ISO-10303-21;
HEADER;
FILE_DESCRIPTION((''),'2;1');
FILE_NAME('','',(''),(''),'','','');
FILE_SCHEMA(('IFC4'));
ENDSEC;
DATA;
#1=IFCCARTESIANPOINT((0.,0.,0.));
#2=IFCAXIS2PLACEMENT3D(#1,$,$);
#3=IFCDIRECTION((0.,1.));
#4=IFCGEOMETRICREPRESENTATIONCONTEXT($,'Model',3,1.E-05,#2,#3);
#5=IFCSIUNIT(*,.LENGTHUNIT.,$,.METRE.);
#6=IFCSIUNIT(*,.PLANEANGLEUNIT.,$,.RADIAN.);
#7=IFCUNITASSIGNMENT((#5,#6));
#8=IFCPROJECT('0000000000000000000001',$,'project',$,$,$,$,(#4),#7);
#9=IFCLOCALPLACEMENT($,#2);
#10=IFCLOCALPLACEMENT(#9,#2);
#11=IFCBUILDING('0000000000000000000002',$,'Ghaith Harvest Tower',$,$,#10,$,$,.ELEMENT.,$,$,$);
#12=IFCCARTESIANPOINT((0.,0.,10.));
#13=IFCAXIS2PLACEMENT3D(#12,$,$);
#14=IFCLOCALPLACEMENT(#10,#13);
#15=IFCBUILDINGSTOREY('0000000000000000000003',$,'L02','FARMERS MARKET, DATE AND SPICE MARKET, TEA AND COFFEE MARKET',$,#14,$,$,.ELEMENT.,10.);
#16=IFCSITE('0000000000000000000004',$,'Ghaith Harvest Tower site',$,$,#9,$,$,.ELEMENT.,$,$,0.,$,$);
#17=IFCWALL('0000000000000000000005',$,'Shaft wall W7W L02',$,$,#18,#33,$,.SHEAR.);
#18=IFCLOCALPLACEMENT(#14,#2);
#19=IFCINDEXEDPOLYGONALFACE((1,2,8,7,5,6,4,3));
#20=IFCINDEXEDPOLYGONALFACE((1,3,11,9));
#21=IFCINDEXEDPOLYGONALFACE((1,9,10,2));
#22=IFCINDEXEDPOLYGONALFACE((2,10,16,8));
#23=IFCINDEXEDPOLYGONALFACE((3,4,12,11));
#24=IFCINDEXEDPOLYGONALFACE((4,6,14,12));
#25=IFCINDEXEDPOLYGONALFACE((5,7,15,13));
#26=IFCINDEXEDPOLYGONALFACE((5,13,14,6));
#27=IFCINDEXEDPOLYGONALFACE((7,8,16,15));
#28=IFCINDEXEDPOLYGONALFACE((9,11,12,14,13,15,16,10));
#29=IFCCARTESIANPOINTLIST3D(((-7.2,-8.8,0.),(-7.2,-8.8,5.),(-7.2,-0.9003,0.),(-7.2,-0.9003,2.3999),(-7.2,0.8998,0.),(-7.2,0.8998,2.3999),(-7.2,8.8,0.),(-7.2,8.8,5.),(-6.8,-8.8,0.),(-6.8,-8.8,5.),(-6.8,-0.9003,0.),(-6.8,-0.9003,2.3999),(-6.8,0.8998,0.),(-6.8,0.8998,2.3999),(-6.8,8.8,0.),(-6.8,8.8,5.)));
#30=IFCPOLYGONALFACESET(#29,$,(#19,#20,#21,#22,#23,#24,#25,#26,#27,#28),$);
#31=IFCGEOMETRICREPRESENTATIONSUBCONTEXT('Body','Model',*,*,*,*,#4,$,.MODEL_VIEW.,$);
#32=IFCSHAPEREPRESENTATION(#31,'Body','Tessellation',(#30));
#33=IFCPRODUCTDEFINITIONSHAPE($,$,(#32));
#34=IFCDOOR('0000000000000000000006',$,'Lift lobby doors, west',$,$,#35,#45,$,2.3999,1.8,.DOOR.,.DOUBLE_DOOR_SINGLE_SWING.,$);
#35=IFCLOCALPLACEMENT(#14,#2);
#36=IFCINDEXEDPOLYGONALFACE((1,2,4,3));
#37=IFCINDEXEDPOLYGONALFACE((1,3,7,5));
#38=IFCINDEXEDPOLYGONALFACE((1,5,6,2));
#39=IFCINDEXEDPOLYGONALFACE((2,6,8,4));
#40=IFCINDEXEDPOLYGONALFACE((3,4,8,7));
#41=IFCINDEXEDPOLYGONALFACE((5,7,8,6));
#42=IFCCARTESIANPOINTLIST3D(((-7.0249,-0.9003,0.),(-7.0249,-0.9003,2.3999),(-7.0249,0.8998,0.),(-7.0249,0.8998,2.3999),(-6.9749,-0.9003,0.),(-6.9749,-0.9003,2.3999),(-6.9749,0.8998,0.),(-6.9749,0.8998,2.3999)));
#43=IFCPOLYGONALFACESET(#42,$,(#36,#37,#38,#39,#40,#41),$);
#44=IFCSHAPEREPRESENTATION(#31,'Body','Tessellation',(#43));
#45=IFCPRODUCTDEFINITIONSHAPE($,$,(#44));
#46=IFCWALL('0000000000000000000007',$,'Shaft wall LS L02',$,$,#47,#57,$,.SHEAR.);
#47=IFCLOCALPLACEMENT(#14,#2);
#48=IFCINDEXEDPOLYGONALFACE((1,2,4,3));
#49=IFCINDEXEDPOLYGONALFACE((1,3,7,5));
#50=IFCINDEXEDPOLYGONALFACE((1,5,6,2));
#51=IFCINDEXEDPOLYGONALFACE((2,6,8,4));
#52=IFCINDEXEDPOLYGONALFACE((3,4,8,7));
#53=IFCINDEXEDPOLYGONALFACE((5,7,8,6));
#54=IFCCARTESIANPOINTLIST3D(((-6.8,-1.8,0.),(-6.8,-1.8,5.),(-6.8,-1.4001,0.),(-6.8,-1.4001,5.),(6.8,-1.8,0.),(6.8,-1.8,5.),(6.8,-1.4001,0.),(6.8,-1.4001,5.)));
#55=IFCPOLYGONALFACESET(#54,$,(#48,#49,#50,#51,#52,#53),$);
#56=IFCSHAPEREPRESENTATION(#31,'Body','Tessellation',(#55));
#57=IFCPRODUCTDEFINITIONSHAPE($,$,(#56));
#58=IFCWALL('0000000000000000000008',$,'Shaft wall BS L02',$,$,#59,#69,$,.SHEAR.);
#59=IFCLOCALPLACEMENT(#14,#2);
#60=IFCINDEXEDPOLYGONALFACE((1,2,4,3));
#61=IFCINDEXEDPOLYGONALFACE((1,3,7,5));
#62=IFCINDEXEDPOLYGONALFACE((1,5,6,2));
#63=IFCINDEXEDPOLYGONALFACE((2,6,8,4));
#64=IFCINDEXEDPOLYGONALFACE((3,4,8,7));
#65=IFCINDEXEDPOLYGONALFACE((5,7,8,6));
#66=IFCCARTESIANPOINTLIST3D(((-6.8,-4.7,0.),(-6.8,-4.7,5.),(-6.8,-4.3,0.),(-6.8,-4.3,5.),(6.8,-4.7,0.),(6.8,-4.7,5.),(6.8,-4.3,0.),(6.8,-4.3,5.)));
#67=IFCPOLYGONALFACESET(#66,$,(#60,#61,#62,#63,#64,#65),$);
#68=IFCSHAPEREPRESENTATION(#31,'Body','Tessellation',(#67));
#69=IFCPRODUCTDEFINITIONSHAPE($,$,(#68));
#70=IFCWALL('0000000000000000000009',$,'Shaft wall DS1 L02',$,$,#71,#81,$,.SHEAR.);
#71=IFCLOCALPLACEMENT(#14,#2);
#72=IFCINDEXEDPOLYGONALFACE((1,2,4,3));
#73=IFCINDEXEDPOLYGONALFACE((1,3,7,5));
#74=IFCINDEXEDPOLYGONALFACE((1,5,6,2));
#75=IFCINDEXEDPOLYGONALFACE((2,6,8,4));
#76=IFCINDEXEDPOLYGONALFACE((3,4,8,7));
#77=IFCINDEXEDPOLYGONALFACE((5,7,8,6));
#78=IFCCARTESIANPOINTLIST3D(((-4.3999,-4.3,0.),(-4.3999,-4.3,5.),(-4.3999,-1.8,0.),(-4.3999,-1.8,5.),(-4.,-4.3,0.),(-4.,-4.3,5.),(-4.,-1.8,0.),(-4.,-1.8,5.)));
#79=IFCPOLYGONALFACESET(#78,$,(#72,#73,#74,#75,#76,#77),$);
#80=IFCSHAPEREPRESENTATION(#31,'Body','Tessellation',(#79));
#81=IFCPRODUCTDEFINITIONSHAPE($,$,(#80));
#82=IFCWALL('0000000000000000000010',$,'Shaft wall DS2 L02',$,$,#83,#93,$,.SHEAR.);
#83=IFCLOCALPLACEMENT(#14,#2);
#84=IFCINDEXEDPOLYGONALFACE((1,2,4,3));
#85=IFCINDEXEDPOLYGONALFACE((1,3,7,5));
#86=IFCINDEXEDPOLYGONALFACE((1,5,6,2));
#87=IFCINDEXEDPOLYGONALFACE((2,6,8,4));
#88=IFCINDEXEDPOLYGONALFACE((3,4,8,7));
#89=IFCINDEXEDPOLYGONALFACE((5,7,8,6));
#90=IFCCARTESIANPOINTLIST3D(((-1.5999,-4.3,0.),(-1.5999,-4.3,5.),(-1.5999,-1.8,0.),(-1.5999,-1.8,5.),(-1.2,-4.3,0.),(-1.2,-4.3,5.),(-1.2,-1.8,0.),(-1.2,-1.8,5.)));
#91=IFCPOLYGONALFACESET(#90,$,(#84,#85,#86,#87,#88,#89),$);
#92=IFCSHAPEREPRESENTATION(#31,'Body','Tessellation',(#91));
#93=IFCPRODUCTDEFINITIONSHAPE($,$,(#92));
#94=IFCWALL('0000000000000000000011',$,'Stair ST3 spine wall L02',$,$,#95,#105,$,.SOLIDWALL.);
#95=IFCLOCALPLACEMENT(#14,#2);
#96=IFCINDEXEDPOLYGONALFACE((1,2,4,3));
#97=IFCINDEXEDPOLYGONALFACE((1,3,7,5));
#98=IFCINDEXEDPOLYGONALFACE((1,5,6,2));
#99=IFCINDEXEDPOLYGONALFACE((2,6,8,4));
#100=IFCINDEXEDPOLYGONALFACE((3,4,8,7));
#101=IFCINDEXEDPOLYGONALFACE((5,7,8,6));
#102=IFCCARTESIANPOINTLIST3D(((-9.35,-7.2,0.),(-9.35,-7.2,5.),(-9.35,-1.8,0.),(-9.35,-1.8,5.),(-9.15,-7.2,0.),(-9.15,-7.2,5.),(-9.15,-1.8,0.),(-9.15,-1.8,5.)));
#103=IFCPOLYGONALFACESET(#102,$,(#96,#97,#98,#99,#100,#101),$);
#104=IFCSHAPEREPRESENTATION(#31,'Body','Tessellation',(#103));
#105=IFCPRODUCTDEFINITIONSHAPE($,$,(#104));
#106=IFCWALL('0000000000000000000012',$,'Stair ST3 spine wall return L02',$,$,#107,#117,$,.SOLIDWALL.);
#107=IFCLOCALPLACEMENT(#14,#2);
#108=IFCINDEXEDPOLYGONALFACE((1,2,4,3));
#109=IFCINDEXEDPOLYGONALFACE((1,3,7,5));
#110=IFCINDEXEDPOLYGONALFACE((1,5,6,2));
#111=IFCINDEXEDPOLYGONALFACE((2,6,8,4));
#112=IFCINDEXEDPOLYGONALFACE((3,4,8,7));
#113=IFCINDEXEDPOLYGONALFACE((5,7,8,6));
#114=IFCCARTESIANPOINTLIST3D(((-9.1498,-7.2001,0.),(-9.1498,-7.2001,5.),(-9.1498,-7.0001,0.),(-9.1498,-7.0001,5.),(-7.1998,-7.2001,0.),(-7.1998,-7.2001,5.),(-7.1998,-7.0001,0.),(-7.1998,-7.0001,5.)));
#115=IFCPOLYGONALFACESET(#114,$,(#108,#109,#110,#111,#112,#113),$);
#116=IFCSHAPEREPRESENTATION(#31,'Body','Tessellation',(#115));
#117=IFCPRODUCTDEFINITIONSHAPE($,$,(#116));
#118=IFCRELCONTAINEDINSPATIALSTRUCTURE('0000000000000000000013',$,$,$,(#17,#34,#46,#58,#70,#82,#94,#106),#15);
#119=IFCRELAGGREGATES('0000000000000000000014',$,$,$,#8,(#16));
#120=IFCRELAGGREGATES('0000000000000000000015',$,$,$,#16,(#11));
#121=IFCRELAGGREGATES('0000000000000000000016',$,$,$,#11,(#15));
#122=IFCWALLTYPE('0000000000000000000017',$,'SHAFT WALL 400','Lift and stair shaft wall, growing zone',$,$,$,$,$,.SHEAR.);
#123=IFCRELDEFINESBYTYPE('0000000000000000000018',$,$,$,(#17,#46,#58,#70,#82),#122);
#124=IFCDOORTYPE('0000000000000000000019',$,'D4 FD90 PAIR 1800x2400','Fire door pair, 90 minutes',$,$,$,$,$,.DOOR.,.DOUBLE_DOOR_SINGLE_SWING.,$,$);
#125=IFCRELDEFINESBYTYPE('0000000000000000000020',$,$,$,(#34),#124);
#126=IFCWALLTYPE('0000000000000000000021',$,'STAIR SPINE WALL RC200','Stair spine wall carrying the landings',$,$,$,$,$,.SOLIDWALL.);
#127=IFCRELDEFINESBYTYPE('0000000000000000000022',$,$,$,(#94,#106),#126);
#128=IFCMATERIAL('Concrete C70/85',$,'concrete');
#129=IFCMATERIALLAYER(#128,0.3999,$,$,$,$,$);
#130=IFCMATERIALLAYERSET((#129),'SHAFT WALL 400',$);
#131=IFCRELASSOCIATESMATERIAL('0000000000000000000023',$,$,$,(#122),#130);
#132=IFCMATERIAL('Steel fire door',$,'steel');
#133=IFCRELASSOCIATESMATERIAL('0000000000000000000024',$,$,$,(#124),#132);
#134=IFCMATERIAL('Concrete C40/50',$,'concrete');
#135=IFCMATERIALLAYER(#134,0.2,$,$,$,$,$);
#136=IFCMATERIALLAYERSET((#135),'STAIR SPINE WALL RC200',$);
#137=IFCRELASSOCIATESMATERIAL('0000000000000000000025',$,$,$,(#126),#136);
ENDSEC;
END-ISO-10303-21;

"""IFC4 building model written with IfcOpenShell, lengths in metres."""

from ifc_helpers import new_model, si_unit, direction, frame, frame_2d, origin, place, context, subcontext, project, spatial, rectangle, extrude, material, layer, layer_set, type_object, element, fill, save


model = new_model("IFC4")

# Units and contexts
model_context = context("Model", 3, precision=1e-05, world=origin(), true_north=direction((0.0, 1.0)))
body_context = subcontext(model_context, "Body", "Model", "MODEL_VIEW")
ifc_project = project(units=[si_unit("LENGTHUNIT", "METRE"), si_unit("PLANEANGLEUNIT", "RADIAN")], contexts=[model_context])

# Site, building, storey
site_placement = place(None, origin())
site = spatial("IfcSite", under=ifc_project, at=site_placement, Name="Ghaith Harvest Tower site", CompositionType="ELEMENT", RefElevation=0.0)
building_placement = place(site_placement, origin())
building = spatial("IfcBuilding", under=site, at=building_placement, Name="Ghaith Harvest Tower", CompositionType="ELEMENT")
storey_placement = place(building_placement, frame((0.0, 0.0, 10.0)))
storey = spatial("IfcBuildingStorey", under=building, at=storey_placement, Name="L02", Description="FARMERS MARKET, DATE AND SPICE MARKET, TEA AND COFFEE MARKET", CompositionType="ELEMENT", Elevation=10.0)

# Wall, opening, door
ifc_material_1 = material(Name="Concrete C70/85", Category="concrete")
ifc_layer_1 = layer(ifc_material_1, 0.3999)
ifc_layer_set_1 = layer_set([ifc_layer_1], Name="SHAFT WALL 400")
wall_type_1 = type_object("IfcWallType", Name="SHAFT WALL 400", Description="Lift and stair shaft wall, growing zone", PredefinedType="SHEAR", material=ifc_layer_set_1)
wall_1_placement = place(storey_placement, frame((-7.0, -8.8, 0.0), z_axis=(0.0, 0.0, 1.0), x_axis=(0.0, 1.0, 0.0)))
wall_1 = element("IfcWall", 1, at=wall_1_placement, inside=storey, type_object=wall_type_1, Name="Shaft wall W7W L02", PredefinedType="SHEAR", context=body_context, shape_type="SweptSolid", body=[
    extrude(rectangle(XDim=17.6001, YDim=0.3999, at=frame_2d((8.8, 0.0))), origin(), (0.0, 0.0, 1.0), 5.0),
])
opening_1_placement = place(wall_1_placement, frame((7.8999, 0.0, 0.0)))
opening_1 = element("IfcOpeningElement", 2, at=opening_1_placement, cuts=wall_1, PredefinedType="OPENING", context=body_context, shape_type="SweptSolid", body=[
    extrude(rectangle(XDim=1.8, YDim=2.3999, at=frame_2d((0.8999, 1.2))), frame((0.0, 0.21, 0.0), z_axis=(0.0, -1.0, 0.0), x_axis=(1.0, 0.0, 0.0)), (0.0, 0.0, 1.0), 0.4199),
])
ifc_material_2 = material(Name="Steel fire door", Category="steel")
door_type_1 = type_object("IfcDoorType", Name="D4 FD90 PAIR 1800x2400", Description="Fire door pair, 90 minutes", OperationType="DOUBLE_DOOR_SINGLE_SWING", PredefinedType="DOOR", material=ifc_material_2)
door_1_placement = place(opening_1_placement, origin())
door_1 = element("IfcDoor", 3, at=door_1_placement, inside=storey, type_object=door_type_1, Name="Lift lobby doors, west", OperationType="DOUBLE_DOOR_SINGLE_SWING", OverallHeight=2.3999, OverallWidth=1.8, PredefinedType="DOOR", context=body_context, shape_type="SweptSolid", body=[
    extrude(rectangle(XDim=1.8, YDim=2.3999, at=frame_2d((0.8999, 1.2))), frame((0.0, 0.0249, 0.0), z_axis=(0.0, -1.0, 0.0), x_axis=(1.0, 0.0, 0.0)), (0.0, 0.0, 1.0), 0.05),
])
fill(opening_1, door_1)

# Walls
for number, where, z_axis, x_axis, name in (
    (4, (-6.8, -1.6001, 0.0), (0.0, 0.0, 1.0), (1.0, 0.0, 0.0), "Shaft wall LS L02"),
    (5, (-6.8, -4.5, 0.0), (0.0, 0.0, 1.0), (1.0, 0.0, 0.0), "Shaft wall BS L02"),
):
    element("IfcWall", number, at=place(storey_placement, frame(where, z_axis=z_axis, x_axis=x_axis)), inside=storey, type_object=wall_type_1, Name=name, PredefinedType="SHEAR", context=body_context, shape_type="SweptSolid", body=[
        extrude(rectangle(XDim=13.6001, YDim=0.3999, at=frame_2d((6.8, 0.0))), origin(), (0.0, 0.0, 1.0), 5.0),
    ])
for number, where, z_axis, x_axis, name in (
    (6, (-4.2, -4.3, 0.0), (0.0, 0.0, 1.0), (0.0, 1.0, 0.0), "Shaft wall DS1 L02"),
    (7, (-1.3999, -4.3, 0.0), (0.0, 0.0, 1.0), (0.0, 1.0, 0.0), "Shaft wall DS2 L02"),
):
    element("IfcWall", number, at=place(storey_placement, frame(where, z_axis=z_axis, x_axis=x_axis)), inside=storey, type_object=wall_type_1, Name=name, PredefinedType="SHEAR", context=body_context, shape_type="SweptSolid", body=[
        extrude(rectangle(XDim=2.5, YDim=0.3999, at=frame_2d((1.25, 0.0))), origin(), (0.0, 0.0, 1.0), 5.0),
    ])
ifc_material_3 = material(Name="Concrete C40/50", Category="concrete")
ifc_layer_2 = layer(ifc_material_3, 0.2)
ifc_layer_set_2 = layer_set([ifc_layer_2], Name="STAIR SPINE WALL RC200")
wall_type_2 = type_object("IfcWallType", Name="STAIR SPINE WALL RC200", Description="Stair spine wall carrying the landings", PredefinedType="SOLIDWALL", material=ifc_layer_set_2)
wall_2_placement = place(storey_placement, frame((-9.25, -7.2, 0.0), z_axis=(0.0, 0.0, 1.0), x_axis=(0.0, 1.0, 0.0)))
element("IfcWall", 8, at=wall_2_placement, inside=storey, type_object=wall_type_2, Name="Stair ST3 spine wall L02", PredefinedType="SOLIDWALL", context=body_context, shape_type="SweptSolid", body=[
    extrude(rectangle(XDim=5.3999, YDim=0.2, at=frame_2d((2.7, 0.0))), origin(), (0.0, 0.0, 1.0), 5.0),
])
wall_3_placement = place(storey_placement, frame((-9.1499, -7.1001, 0.0), z_axis=(0.0, 0.0, 1.0), x_axis=(1.0, 0.0, 0.0)))
element("IfcWall", 9, at=wall_3_placement, inside=storey, type_object=wall_type_2, Name="Stair ST3 spine wall return L02", PredefinedType="SOLIDWALL", context=body_context, shape_type="SweptSolid", body=[
    extrude(rectangle(XDim=1.95, YDim=0.2, at=frame_2d((0.9751, 0.0))), origin(), (0.0, 0.0, 1.0), 5.0),
])

save(model, "model.ifc")
